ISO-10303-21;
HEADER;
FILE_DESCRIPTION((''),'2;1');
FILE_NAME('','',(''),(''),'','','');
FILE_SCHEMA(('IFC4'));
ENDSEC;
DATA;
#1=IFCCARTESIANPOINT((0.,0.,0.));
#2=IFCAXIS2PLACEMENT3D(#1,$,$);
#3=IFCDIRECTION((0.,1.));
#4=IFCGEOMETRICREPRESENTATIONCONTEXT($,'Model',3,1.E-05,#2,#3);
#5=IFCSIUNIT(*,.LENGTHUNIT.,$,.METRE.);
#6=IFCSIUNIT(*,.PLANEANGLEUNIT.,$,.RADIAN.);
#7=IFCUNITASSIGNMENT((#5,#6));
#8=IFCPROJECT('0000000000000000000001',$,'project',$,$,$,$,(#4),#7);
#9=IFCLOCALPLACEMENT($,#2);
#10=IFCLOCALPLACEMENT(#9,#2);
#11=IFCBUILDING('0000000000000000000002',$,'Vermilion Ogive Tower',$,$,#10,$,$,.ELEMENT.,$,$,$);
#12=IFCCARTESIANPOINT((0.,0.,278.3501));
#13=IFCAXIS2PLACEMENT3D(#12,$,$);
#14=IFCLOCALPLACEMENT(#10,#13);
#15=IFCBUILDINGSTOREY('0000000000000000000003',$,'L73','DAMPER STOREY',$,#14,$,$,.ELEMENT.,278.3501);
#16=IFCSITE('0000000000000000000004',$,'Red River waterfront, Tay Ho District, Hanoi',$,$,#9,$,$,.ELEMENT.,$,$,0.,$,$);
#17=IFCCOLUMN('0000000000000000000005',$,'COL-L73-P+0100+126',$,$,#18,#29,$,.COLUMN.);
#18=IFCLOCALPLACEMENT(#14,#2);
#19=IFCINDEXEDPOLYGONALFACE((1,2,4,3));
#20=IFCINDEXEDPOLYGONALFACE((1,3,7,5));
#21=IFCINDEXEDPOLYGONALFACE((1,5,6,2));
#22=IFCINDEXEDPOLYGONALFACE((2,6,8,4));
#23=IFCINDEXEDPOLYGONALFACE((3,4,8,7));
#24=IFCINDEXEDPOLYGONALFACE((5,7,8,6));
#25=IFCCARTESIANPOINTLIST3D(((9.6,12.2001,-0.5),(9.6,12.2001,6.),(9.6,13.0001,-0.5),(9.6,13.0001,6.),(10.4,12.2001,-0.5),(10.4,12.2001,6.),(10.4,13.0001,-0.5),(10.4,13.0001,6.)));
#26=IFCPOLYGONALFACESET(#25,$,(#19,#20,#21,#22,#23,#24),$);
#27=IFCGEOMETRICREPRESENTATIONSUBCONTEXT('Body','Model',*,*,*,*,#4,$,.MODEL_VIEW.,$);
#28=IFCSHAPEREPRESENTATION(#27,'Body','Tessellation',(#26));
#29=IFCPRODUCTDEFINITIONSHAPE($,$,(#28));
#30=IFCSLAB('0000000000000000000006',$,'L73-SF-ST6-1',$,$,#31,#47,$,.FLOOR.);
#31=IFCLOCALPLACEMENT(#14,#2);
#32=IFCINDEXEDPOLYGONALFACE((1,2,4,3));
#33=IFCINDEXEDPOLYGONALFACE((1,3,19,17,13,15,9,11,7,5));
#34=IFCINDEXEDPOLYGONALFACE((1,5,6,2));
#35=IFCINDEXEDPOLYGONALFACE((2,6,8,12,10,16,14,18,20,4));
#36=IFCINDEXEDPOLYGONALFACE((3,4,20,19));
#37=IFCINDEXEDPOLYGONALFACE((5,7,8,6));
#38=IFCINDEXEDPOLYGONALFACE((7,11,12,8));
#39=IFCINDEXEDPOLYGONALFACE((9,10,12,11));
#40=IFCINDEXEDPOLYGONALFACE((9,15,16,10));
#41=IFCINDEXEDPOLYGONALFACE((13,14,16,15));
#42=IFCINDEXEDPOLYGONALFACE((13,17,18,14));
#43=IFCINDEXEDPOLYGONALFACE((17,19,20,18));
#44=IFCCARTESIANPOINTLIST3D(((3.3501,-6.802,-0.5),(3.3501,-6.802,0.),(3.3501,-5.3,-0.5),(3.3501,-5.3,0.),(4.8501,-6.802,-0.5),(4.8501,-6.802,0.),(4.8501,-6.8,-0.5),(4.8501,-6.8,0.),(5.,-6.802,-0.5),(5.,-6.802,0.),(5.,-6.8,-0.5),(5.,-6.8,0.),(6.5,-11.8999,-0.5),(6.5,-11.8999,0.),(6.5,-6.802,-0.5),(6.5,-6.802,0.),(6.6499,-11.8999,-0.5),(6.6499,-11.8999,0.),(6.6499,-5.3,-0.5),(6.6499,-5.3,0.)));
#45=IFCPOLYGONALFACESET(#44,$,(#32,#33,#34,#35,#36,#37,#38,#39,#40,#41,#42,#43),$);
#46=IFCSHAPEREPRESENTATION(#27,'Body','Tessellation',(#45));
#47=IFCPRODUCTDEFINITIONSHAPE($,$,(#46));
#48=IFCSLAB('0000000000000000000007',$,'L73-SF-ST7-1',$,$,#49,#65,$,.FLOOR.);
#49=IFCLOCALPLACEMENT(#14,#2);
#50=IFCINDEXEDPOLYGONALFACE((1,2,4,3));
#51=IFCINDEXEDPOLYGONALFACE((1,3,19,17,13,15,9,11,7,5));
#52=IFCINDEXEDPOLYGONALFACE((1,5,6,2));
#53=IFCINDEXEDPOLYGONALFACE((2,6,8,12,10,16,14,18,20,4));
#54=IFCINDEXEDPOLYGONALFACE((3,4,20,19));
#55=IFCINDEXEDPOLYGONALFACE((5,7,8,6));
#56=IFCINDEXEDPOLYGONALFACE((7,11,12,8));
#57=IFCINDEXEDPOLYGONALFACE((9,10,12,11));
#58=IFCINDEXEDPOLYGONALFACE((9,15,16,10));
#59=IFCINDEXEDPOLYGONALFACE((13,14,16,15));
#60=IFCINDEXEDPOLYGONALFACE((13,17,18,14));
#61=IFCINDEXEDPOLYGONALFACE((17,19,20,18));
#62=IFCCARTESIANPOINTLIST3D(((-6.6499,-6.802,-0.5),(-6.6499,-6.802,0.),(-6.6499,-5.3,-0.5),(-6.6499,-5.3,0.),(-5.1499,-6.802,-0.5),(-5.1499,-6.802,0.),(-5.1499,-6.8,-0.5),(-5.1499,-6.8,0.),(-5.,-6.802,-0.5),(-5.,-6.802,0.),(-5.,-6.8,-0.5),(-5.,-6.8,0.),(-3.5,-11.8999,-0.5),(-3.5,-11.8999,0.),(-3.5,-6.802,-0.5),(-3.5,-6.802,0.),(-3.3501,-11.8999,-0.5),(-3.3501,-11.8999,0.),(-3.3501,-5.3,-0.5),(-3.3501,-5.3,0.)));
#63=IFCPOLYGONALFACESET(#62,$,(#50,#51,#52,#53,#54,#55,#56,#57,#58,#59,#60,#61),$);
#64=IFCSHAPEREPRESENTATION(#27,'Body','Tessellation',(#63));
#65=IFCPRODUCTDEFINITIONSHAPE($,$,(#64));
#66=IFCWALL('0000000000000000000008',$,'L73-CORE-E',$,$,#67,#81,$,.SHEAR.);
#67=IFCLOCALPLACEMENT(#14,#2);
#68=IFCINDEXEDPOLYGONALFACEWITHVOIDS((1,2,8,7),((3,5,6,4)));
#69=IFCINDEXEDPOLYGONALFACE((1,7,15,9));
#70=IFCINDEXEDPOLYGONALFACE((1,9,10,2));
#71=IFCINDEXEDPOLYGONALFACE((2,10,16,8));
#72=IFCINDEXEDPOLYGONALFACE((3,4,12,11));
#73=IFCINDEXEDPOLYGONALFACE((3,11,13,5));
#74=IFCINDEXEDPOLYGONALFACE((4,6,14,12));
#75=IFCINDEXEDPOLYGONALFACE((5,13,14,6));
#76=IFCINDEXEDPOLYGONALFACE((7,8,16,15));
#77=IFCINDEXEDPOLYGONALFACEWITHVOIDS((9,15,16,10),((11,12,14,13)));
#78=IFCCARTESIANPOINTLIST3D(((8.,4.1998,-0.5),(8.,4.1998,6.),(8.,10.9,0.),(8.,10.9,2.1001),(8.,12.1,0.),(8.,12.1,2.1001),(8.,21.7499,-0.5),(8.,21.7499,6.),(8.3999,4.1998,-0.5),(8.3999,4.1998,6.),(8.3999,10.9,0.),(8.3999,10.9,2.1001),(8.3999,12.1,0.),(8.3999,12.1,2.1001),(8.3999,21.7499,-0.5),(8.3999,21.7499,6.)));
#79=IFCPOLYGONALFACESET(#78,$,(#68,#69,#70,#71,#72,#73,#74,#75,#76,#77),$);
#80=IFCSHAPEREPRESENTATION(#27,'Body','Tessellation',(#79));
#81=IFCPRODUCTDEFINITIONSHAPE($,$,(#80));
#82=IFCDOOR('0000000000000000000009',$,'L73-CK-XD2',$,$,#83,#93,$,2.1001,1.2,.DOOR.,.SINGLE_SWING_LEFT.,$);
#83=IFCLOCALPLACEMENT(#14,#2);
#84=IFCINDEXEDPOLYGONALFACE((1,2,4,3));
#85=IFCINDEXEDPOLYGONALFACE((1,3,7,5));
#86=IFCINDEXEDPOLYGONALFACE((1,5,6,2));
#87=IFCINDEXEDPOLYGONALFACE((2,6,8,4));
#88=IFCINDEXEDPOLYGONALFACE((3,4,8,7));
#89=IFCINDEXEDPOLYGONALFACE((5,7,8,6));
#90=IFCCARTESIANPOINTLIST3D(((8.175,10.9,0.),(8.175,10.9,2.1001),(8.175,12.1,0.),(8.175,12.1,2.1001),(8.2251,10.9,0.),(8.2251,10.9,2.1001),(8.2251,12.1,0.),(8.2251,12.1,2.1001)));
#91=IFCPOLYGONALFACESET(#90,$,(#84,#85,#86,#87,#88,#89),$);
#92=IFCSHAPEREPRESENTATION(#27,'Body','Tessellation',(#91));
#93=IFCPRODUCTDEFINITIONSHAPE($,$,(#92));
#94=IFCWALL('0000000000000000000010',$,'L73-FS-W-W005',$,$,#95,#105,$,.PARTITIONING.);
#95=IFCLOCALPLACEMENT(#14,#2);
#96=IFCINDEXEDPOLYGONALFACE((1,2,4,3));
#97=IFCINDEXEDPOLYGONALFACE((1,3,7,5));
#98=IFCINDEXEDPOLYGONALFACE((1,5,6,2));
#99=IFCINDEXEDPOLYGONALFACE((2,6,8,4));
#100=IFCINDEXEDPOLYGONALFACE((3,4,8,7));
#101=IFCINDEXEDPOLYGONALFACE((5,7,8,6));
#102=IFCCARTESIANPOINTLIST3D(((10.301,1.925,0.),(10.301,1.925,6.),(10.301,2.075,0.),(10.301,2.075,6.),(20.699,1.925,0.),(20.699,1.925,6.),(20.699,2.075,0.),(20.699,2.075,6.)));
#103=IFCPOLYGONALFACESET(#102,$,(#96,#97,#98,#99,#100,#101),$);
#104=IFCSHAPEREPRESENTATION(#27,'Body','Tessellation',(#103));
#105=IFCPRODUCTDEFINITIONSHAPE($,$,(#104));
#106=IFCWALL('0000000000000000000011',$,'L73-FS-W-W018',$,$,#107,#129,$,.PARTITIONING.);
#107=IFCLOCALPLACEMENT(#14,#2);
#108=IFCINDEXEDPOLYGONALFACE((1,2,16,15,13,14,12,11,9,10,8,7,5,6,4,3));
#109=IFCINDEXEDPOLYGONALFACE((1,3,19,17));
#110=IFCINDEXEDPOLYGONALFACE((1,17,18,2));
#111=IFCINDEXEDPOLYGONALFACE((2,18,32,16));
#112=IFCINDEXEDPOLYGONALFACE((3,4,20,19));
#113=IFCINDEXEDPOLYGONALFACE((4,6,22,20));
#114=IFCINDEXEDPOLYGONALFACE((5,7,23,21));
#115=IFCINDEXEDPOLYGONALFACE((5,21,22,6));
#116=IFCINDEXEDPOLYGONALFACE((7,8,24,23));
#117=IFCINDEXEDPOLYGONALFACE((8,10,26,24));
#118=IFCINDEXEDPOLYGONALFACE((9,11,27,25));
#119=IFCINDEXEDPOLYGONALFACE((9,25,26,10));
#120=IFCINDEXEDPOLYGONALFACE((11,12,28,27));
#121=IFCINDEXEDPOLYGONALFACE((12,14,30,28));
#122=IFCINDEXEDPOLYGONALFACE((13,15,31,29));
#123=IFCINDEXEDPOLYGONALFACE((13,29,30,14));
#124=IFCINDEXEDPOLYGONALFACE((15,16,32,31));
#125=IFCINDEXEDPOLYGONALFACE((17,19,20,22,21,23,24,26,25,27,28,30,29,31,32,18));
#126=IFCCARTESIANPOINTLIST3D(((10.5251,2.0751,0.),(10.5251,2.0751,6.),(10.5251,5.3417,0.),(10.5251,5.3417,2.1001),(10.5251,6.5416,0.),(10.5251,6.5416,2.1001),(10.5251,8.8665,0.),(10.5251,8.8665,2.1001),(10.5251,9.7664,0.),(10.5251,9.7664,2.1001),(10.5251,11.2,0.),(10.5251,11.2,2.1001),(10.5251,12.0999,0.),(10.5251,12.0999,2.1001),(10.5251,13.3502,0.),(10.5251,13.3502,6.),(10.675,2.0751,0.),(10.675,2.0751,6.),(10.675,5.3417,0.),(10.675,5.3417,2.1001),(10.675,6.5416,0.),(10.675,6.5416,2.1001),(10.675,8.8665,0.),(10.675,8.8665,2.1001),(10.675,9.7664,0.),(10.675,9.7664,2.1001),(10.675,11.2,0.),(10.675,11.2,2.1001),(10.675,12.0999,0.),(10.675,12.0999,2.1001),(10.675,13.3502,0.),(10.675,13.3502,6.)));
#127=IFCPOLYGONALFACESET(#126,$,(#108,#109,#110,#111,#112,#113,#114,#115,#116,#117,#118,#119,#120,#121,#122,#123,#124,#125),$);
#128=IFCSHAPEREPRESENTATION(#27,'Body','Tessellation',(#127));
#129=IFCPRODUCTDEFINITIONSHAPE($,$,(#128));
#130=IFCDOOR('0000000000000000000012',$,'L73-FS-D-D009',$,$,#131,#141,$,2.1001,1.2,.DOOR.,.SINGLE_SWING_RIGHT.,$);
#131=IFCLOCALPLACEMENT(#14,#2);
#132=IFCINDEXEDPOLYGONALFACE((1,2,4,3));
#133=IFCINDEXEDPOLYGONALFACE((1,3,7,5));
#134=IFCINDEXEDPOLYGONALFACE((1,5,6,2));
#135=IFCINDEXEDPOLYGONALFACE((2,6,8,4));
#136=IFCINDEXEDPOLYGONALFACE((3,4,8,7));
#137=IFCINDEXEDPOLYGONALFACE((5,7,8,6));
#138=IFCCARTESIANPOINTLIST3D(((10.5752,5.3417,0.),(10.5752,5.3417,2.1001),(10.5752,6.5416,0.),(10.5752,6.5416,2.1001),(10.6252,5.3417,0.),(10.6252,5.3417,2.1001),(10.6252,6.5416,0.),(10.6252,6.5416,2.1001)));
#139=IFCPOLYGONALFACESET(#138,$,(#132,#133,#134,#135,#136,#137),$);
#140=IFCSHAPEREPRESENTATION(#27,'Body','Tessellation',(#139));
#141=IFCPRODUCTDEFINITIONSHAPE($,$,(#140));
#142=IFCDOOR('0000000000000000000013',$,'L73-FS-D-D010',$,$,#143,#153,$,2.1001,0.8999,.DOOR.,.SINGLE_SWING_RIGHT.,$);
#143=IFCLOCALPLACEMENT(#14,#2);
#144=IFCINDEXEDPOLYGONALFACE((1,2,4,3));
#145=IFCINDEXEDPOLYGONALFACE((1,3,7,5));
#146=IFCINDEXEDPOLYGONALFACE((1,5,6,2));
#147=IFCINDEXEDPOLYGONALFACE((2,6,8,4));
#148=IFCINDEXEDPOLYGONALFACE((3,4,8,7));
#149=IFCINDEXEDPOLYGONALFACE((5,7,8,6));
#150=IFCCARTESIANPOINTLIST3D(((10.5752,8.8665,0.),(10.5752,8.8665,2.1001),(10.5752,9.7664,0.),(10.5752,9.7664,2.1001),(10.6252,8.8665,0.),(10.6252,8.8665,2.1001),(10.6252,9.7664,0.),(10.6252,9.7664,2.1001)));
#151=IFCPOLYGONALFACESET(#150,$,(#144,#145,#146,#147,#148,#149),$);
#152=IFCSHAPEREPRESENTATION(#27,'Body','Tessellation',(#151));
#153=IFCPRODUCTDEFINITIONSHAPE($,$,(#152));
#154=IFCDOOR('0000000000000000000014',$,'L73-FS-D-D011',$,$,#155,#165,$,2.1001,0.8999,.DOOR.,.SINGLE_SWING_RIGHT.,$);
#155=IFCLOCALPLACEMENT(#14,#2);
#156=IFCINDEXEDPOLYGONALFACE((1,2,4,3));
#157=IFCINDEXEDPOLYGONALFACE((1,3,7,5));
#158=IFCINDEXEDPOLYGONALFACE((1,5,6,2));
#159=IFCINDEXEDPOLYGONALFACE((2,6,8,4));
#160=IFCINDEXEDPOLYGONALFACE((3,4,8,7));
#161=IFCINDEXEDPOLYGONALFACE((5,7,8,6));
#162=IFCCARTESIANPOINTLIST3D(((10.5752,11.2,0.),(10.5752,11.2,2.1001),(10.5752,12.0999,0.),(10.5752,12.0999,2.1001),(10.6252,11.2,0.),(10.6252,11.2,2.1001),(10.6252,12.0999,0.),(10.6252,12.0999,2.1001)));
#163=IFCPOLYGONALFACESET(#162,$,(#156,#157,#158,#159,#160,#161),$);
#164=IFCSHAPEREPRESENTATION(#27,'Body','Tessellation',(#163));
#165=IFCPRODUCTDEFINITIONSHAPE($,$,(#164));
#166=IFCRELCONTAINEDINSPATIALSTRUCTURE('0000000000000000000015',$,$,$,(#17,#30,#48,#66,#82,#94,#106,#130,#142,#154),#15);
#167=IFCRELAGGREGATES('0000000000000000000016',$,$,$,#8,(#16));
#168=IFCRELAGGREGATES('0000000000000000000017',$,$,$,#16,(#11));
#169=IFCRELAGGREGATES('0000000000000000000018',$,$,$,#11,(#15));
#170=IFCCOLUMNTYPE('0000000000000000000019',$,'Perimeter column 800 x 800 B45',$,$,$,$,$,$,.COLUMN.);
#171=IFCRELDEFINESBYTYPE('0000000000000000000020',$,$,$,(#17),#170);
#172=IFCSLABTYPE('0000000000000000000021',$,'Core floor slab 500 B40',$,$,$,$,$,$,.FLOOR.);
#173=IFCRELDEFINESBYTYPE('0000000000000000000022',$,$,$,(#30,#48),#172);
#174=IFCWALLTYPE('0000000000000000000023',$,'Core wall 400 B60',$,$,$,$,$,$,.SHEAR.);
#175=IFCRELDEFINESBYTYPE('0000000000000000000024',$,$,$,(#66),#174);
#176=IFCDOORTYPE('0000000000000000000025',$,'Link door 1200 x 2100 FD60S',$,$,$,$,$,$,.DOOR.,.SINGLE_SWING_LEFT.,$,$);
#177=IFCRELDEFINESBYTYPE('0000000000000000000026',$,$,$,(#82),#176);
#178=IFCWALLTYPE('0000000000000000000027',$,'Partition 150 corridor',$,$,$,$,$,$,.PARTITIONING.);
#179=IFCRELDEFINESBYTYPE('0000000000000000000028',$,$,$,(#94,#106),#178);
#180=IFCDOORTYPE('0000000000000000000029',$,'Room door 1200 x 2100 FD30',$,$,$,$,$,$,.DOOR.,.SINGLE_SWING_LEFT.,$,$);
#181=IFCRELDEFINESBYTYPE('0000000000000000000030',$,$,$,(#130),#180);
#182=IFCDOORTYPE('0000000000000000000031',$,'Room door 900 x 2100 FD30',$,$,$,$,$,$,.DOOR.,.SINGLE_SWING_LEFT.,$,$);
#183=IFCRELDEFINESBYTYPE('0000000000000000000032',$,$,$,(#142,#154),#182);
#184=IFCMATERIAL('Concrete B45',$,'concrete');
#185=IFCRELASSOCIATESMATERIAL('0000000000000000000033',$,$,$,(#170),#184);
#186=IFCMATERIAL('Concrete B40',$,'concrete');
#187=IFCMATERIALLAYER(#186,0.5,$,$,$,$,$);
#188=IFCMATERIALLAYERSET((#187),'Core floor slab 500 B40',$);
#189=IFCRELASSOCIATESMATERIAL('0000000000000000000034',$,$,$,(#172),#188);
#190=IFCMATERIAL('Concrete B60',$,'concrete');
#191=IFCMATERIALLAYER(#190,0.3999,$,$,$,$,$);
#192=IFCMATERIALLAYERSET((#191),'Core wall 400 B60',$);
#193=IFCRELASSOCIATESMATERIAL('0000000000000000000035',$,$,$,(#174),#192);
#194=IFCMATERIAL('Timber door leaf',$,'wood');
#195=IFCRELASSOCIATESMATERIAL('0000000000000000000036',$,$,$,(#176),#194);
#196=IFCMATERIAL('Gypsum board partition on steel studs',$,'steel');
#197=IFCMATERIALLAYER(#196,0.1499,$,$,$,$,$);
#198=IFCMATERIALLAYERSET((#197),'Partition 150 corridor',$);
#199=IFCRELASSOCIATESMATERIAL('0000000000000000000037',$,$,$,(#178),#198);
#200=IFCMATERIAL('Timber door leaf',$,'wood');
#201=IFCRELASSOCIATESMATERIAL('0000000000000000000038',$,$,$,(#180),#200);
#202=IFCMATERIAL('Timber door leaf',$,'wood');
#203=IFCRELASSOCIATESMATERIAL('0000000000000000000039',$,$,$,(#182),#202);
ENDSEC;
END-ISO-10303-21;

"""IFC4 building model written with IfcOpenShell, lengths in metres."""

from ifc_helpers import new_model, si_unit, direction, frame, frame_2d, origin, origin_2d, place, context, subcontext, project, spatial, polyline, rectangle, outline, extrude, material, layer, layer_set, material_profile, profile_set, type_object, element, fill, save


model = new_model("IFC4")

# Units and contexts
model_context = context("Model", 3, precision=1e-05, world=origin(), true_north=direction((0.0, 1.0)))
body_context = subcontext(model_context, "Body", "Model", "MODEL_VIEW")
ifc_project = project(units=[si_unit("LENGTHUNIT", "METRE"), si_unit("PLANEANGLEUNIT", "RADIAN")], contexts=[model_context])

# Site, building, storey
site_placement = place(None, origin())
site = spatial("IfcSite", under=ifc_project, at=site_placement, Name="Red River waterfront, Tay Ho District, Hanoi", CompositionType="ELEMENT", RefElevation=0.0)
building_placement = place(site_placement, origin())
building = spatial("IfcBuilding", under=site, at=building_placement, Name="Vermilion Ogive Tower", CompositionType="ELEMENT")
storey_placement = place(building_placement, frame((0.0, 0.0, 278.3501)))
storey = spatial("IfcBuildingStorey", under=building, at=storey_placement, Name="L73", Description="DAMPER STOREY", CompositionType="ELEMENT", Elevation=278.3501)

# Column
ifc_material_1 = material(Name="Concrete B45", Category="concrete")
ifc_material_profile = material_profile(ifc_material_1, rectangle(XDim=0.8, YDim=0.8, at=origin_2d()), Name="800 x 800")
ifc_profile_set = profile_set([ifc_material_profile], Name="Concrete B45")
column_type = type_object("IfcColumnType", Name="Perimeter column 800 x 800 B45", PredefinedType="COLUMN", material=ifc_profile_set)
column_placement = place(storey_placement, frame((10.0, 12.6001, -0.5), z_axis=(0.0, 0.0, 1.0), x_axis=(1.0, 0.0, 0.0)))
element("IfcColumn", 1, at=column_placement, inside=storey, type_object=column_type, Name="COL-L73-P+0100+126", PredefinedType="COLUMN", context=body_context, shape_type="SweptSolid", body=[
    extrude(rectangle(XDim=0.8, YDim=0.8, at=origin_2d()), origin(), (0.0, 0.0, 1.0), 6.5),
])

# Slabs
ifc_material_2 = material(Name="Concrete B40", Category="concrete")
ifc_layer_1 = layer(ifc_material_2, 0.5)
ifc_layer_set_1 = layer_set([ifc_layer_1], Name="Core floor slab 500 B40")
slab_type = type_object("IfcSlabType", Name="Core floor slab 500 B40", PredefinedType="FLOOR", material=ifc_layer_set_1)
slab_1_placement = place(storey_placement, frame((0.0, 0.0, -0.5)))
element("IfcSlab", 2, at=slab_1_placement, inside=storey, type_object=slab_type, Name="L73-SF-ST6-1", PredefinedType="FLOOR", context=body_context, shape_type="SweptSolid", body=[
    extrude(outline(polyline([(3.3501, -5.3), (3.3501, -6.802), (4.8501, -6.802), (4.8501, -6.8), (5.0, -6.8), (5.0, -6.802), (6.5, -6.802), (6.5, -11.8999), (6.6499, -11.8999), (6.6499, -5.3), (3.3501, -5.3)])), origin(), (0.0, 0.0, 1.0), 0.5),
])
slab_2_placement = place(storey_placement, frame((0.0, 0.0, -0.5)))
element("IfcSlab", 3, at=slab_2_placement, inside=storey, type_object=slab_type, Name="L73-SF-ST7-1", PredefinedType="FLOOR", context=body_context, shape_type="SweptSolid", body=[
    extrude(outline(polyline([(-6.6499, -5.3), (-6.6499, -6.802), (-5.1499, -6.802), (-5.1499, -6.8), (-5.0, -6.8), (-5.0, -6.802), (-3.5, -6.802), (-3.5, -11.8999), (-3.3501, -11.8999), (-3.3501, -5.3), (-6.6499, -5.3)])), origin(), (0.0, 0.0, 1.0), 0.5),
])

# Wall, opening, door
ifc_material_3 = material(Name="Concrete B60", Category="concrete")
ifc_layer_2 = layer(ifc_material_3, 0.3999)
ifc_layer_set_2 = layer_set([ifc_layer_2], Name="Core wall 400 B60")
wall_type_1 = type_object("IfcWallType", Name="Core wall 400 B60", PredefinedType="SHEAR", material=ifc_layer_set_2)
wall_1_placement = place(storey_placement, frame((8.2, 4.2, -0.5), z_axis=(0.0, 0.0, 1.0), x_axis=(0.0, 1.0, 0.0)))
wall_1 = element("IfcWall", 4, at=wall_1_placement, inside=storey, type_object=wall_type_1, Name="L73-CORE-E", PredefinedType="SHEAR", context=body_context, shape_type="SweptSolid", body=[
    extrude(rectangle(XDim=17.55, YDim=0.3999, at=frame_2d((8.7749, 0.0))), origin(), (0.0, 0.0, 1.0), 6.5),
])
opening_1_placement = place(wall_1_placement, frame((6.7, 0.0, 0.5)))
opening_1 = element("IfcOpeningElement", 5, at=opening_1_placement, cuts=wall_1, PredefinedType="OPENING", context=body_context, shape_type="SweptSolid", body=[
    extrude(rectangle(XDim=1.2, YDim=2.1001, at=frame_2d((0.6001, 1.05))), frame((0.0, 0.21, 0.0), z_axis=(0.0, -1.0, 0.0), x_axis=(1.0, 0.0, 0.0)), (0.0, 0.0, 1.0), 0.4199),
])
ifc_material_4 = material(Name="Timber door leaf", Category="wood")
door_type_1 = type_object("IfcDoorType", Name="Link door 1200 x 2100 FD60S", OperationType="SINGLE_SWING_LEFT", PredefinedType="DOOR", material=ifc_material_4)
door_1_placement = place(opening_1_placement, origin())
door_1 = element("IfcDoor", 6, at=door_1_placement, inside=storey, type_object=door_type_1, Name="L73-CK-XD2", OperationType="SINGLE_SWING_LEFT", OverallHeight=2.1001, OverallWidth=1.2, PredefinedType="DOOR", context=body_context, shape_type="SweptSolid", body=[
    extrude(rectangle(XDim=1.2, YDim=2.1001, at=frame_2d((0.6001, 1.05))), frame((0.0, 0.0249, 0.0), z_axis=(0.0, -1.0, 0.0), x_axis=(1.0, 0.0, 0.0)), (0.0, 0.0, 1.0), 0.05),
])
fill(opening_1, door_1)

# Wall
ifc_material_5 = material(Name="Gypsum board partition on steel studs", Category="steel")
ifc_layer_3 = layer(ifc_material_5, 0.1499)
ifc_layer_set_3 = layer_set([ifc_layer_3], Name="Partition 150 corridor")
wall_type_2 = type_object("IfcWallType", Name="Partition 150 corridor", PredefinedType="PARTITIONING", material=ifc_layer_set_3)
wall_2_placement = place(storey_placement, frame((10.301, 2.0, 0.0), z_axis=(0.0, 0.0, 1.0), x_axis=(1.0, 0.0, 0.0)))
element("IfcWall", 7, at=wall_2_placement, inside=storey, type_object=wall_type_2, Name="L73-FS-W-W005", PredefinedType="PARTITIONING", context=body_context, shape_type="SweptSolid", body=[
    extrude(rectangle(XDim=10.3979, YDim=0.1499, at=frame_2d((5.199, 0.0))), origin(), (0.0, 0.0, 1.0), 6.0),
])

# Wall, openings, doors
wall_3_placement = place(storey_placement, frame((10.6001, 2.075, 0.0), z_axis=(0.0, 0.0, 1.0), x_axis=(0.0, 1.0, 0.0)))
wall_3 = element("IfcWall", 8, at=wall_3_placement, inside=storey, type_object=wall_type_2, Name="L73-FS-W-W018", PredefinedType="PARTITIONING", context=body_context, shape_type="SweptSolid", body=[
    extrude(rectangle(XDim=11.2751, YDim=0.1499, at=frame_2d((5.6377, 0.0))), origin(), (0.0, 0.0, 1.0), 6.0),
])
opening_2_placement = place(wall_3_placement, frame((3.2666, 0.0, 0.0)))
opening_2 = element("IfcOpeningElement", 9, at=opening_2_placement, cuts=wall_3, PredefinedType="OPENING", context=body_context, shape_type="SweptSolid", body=[
    extrude(rectangle(XDim=1.2, YDim=2.1001, at=frame_2d((0.6001, 1.05))), frame((0.0, 0.085, 0.0), z_axis=(0.0, -1.0, 0.0), x_axis=(1.0, 0.0, 0.0)), (0.0, 0.0, 1.0), 0.1699),
])
opening_3_placement = place(wall_3_placement, frame((6.7915, 0.0, 0.0)))
opening_3 = element("IfcOpeningElement", 10, at=opening_3_placement, cuts=wall_3, PredefinedType="OPENING", context=body_context, shape_type="SweptSolid", body=[
    extrude(rectangle(XDim=0.8999, YDim=2.1001, at=frame_2d((0.45, 1.05))), frame((0.0, 0.085, 0.0), z_axis=(0.0, -1.0, 0.0), x_axis=(1.0, 0.0, 0.0)), (0.0, 0.0, 1.0), 0.1699),
])
opening_4_placement = place(wall_3_placement, frame((9.125, 0.0, 0.0)))
opening_4 = element("IfcOpeningElement", 11, at=opening_4_placement, cuts=wall_3, PredefinedType="OPENING", context=body_context, shape_type="SweptSolid", body=[
    extrude(rectangle(XDim=0.8999, YDim=2.1001, at=frame_2d((0.45, 1.05))), frame((0.0, 0.085, 0.0), z_axis=(0.0, -1.0, 0.0), x_axis=(1.0, 0.0, 0.0)), (0.0, 0.0, 1.0), 0.1699),
])
ifc_material_6 = material(Name="Timber door leaf", Category="wood")
door_type_2 = type_object("IfcDoorType", Name="Room door 1200 x 2100 FD30", OperationType="SINGLE_SWING_LEFT", PredefinedType="DOOR", material=ifc_material_6)
door_2_placement = place(opening_2_placement, origin())
door_2 = element("IfcDoor", 12, at=door_2_placement, inside=storey, type_object=door_type_2, Name="L73-FS-D-D009", OperationType="SINGLE_SWING_RIGHT", OverallHeight=2.1001, OverallWidth=1.2, PredefinedType="DOOR", context=body_context, shape_type="SweptSolid", body=[
    extrude(rectangle(XDim=1.2, YDim=2.1001, at=frame_2d((0.6001, 1.05))), frame((0.0, 0.0249, 0.0), z_axis=(0.0, -1.0, 0.0), x_axis=(1.0, 0.0, 0.0)), (0.0, 0.0, 1.0), 0.05),
])
fill(opening_2, door_2)
ifc_material_7 = material(Name="Timber door leaf", Category="wood")
door_type_3 = type_object("IfcDoorType", Name="Room door 900 x 2100 FD30", OperationType="SINGLE_SWING_LEFT", PredefinedType="DOOR", material=ifc_material_7)
door_3_placement = place(opening_3_placement, origin())
door_3 = element("IfcDoor", 13, at=door_3_placement, inside=storey, type_object=door_type_3, Name="L73-FS-D-D010", OperationType="SINGLE_SWING_RIGHT", OverallHeight=2.1001, OverallWidth=0.8999, PredefinedType="DOOR", context=body_context, shape_type="SweptSolid", body=[
    extrude(rectangle(XDim=0.8999, YDim=2.1001, at=frame_2d((0.45, 1.05))), frame((0.0, 0.0249, 0.0), z_axis=(0.0, -1.0, 0.0), x_axis=(1.0, 0.0, 0.0)), (0.0, 0.0, 1.0), 0.05),
])
fill(opening_3, door_3)
door_4_placement = place(opening_4_placement, origin())
door_4 = element("IfcDoor", 14, at=door_4_placement, inside=storey, type_object=door_type_3, Name="L73-FS-D-D011", OperationType="SINGLE_SWING_RIGHT", OverallHeight=2.1001, OverallWidth=0.8999, PredefinedType="DOOR", context=body_context, shape_type="SweptSolid", body=[
    extrude(rectangle(XDim=0.8999, YDim=2.1001, at=frame_2d((0.45, 1.05))), frame((0.0, 0.0249, 0.0), z_axis=(0.0, -1.0, 0.0), x_axis=(1.0, 0.0, 0.0)), (0.0, 0.0, 1.0), 0.05),
])
fill(opening_4, door_4)

save(model, "model.ifc")
